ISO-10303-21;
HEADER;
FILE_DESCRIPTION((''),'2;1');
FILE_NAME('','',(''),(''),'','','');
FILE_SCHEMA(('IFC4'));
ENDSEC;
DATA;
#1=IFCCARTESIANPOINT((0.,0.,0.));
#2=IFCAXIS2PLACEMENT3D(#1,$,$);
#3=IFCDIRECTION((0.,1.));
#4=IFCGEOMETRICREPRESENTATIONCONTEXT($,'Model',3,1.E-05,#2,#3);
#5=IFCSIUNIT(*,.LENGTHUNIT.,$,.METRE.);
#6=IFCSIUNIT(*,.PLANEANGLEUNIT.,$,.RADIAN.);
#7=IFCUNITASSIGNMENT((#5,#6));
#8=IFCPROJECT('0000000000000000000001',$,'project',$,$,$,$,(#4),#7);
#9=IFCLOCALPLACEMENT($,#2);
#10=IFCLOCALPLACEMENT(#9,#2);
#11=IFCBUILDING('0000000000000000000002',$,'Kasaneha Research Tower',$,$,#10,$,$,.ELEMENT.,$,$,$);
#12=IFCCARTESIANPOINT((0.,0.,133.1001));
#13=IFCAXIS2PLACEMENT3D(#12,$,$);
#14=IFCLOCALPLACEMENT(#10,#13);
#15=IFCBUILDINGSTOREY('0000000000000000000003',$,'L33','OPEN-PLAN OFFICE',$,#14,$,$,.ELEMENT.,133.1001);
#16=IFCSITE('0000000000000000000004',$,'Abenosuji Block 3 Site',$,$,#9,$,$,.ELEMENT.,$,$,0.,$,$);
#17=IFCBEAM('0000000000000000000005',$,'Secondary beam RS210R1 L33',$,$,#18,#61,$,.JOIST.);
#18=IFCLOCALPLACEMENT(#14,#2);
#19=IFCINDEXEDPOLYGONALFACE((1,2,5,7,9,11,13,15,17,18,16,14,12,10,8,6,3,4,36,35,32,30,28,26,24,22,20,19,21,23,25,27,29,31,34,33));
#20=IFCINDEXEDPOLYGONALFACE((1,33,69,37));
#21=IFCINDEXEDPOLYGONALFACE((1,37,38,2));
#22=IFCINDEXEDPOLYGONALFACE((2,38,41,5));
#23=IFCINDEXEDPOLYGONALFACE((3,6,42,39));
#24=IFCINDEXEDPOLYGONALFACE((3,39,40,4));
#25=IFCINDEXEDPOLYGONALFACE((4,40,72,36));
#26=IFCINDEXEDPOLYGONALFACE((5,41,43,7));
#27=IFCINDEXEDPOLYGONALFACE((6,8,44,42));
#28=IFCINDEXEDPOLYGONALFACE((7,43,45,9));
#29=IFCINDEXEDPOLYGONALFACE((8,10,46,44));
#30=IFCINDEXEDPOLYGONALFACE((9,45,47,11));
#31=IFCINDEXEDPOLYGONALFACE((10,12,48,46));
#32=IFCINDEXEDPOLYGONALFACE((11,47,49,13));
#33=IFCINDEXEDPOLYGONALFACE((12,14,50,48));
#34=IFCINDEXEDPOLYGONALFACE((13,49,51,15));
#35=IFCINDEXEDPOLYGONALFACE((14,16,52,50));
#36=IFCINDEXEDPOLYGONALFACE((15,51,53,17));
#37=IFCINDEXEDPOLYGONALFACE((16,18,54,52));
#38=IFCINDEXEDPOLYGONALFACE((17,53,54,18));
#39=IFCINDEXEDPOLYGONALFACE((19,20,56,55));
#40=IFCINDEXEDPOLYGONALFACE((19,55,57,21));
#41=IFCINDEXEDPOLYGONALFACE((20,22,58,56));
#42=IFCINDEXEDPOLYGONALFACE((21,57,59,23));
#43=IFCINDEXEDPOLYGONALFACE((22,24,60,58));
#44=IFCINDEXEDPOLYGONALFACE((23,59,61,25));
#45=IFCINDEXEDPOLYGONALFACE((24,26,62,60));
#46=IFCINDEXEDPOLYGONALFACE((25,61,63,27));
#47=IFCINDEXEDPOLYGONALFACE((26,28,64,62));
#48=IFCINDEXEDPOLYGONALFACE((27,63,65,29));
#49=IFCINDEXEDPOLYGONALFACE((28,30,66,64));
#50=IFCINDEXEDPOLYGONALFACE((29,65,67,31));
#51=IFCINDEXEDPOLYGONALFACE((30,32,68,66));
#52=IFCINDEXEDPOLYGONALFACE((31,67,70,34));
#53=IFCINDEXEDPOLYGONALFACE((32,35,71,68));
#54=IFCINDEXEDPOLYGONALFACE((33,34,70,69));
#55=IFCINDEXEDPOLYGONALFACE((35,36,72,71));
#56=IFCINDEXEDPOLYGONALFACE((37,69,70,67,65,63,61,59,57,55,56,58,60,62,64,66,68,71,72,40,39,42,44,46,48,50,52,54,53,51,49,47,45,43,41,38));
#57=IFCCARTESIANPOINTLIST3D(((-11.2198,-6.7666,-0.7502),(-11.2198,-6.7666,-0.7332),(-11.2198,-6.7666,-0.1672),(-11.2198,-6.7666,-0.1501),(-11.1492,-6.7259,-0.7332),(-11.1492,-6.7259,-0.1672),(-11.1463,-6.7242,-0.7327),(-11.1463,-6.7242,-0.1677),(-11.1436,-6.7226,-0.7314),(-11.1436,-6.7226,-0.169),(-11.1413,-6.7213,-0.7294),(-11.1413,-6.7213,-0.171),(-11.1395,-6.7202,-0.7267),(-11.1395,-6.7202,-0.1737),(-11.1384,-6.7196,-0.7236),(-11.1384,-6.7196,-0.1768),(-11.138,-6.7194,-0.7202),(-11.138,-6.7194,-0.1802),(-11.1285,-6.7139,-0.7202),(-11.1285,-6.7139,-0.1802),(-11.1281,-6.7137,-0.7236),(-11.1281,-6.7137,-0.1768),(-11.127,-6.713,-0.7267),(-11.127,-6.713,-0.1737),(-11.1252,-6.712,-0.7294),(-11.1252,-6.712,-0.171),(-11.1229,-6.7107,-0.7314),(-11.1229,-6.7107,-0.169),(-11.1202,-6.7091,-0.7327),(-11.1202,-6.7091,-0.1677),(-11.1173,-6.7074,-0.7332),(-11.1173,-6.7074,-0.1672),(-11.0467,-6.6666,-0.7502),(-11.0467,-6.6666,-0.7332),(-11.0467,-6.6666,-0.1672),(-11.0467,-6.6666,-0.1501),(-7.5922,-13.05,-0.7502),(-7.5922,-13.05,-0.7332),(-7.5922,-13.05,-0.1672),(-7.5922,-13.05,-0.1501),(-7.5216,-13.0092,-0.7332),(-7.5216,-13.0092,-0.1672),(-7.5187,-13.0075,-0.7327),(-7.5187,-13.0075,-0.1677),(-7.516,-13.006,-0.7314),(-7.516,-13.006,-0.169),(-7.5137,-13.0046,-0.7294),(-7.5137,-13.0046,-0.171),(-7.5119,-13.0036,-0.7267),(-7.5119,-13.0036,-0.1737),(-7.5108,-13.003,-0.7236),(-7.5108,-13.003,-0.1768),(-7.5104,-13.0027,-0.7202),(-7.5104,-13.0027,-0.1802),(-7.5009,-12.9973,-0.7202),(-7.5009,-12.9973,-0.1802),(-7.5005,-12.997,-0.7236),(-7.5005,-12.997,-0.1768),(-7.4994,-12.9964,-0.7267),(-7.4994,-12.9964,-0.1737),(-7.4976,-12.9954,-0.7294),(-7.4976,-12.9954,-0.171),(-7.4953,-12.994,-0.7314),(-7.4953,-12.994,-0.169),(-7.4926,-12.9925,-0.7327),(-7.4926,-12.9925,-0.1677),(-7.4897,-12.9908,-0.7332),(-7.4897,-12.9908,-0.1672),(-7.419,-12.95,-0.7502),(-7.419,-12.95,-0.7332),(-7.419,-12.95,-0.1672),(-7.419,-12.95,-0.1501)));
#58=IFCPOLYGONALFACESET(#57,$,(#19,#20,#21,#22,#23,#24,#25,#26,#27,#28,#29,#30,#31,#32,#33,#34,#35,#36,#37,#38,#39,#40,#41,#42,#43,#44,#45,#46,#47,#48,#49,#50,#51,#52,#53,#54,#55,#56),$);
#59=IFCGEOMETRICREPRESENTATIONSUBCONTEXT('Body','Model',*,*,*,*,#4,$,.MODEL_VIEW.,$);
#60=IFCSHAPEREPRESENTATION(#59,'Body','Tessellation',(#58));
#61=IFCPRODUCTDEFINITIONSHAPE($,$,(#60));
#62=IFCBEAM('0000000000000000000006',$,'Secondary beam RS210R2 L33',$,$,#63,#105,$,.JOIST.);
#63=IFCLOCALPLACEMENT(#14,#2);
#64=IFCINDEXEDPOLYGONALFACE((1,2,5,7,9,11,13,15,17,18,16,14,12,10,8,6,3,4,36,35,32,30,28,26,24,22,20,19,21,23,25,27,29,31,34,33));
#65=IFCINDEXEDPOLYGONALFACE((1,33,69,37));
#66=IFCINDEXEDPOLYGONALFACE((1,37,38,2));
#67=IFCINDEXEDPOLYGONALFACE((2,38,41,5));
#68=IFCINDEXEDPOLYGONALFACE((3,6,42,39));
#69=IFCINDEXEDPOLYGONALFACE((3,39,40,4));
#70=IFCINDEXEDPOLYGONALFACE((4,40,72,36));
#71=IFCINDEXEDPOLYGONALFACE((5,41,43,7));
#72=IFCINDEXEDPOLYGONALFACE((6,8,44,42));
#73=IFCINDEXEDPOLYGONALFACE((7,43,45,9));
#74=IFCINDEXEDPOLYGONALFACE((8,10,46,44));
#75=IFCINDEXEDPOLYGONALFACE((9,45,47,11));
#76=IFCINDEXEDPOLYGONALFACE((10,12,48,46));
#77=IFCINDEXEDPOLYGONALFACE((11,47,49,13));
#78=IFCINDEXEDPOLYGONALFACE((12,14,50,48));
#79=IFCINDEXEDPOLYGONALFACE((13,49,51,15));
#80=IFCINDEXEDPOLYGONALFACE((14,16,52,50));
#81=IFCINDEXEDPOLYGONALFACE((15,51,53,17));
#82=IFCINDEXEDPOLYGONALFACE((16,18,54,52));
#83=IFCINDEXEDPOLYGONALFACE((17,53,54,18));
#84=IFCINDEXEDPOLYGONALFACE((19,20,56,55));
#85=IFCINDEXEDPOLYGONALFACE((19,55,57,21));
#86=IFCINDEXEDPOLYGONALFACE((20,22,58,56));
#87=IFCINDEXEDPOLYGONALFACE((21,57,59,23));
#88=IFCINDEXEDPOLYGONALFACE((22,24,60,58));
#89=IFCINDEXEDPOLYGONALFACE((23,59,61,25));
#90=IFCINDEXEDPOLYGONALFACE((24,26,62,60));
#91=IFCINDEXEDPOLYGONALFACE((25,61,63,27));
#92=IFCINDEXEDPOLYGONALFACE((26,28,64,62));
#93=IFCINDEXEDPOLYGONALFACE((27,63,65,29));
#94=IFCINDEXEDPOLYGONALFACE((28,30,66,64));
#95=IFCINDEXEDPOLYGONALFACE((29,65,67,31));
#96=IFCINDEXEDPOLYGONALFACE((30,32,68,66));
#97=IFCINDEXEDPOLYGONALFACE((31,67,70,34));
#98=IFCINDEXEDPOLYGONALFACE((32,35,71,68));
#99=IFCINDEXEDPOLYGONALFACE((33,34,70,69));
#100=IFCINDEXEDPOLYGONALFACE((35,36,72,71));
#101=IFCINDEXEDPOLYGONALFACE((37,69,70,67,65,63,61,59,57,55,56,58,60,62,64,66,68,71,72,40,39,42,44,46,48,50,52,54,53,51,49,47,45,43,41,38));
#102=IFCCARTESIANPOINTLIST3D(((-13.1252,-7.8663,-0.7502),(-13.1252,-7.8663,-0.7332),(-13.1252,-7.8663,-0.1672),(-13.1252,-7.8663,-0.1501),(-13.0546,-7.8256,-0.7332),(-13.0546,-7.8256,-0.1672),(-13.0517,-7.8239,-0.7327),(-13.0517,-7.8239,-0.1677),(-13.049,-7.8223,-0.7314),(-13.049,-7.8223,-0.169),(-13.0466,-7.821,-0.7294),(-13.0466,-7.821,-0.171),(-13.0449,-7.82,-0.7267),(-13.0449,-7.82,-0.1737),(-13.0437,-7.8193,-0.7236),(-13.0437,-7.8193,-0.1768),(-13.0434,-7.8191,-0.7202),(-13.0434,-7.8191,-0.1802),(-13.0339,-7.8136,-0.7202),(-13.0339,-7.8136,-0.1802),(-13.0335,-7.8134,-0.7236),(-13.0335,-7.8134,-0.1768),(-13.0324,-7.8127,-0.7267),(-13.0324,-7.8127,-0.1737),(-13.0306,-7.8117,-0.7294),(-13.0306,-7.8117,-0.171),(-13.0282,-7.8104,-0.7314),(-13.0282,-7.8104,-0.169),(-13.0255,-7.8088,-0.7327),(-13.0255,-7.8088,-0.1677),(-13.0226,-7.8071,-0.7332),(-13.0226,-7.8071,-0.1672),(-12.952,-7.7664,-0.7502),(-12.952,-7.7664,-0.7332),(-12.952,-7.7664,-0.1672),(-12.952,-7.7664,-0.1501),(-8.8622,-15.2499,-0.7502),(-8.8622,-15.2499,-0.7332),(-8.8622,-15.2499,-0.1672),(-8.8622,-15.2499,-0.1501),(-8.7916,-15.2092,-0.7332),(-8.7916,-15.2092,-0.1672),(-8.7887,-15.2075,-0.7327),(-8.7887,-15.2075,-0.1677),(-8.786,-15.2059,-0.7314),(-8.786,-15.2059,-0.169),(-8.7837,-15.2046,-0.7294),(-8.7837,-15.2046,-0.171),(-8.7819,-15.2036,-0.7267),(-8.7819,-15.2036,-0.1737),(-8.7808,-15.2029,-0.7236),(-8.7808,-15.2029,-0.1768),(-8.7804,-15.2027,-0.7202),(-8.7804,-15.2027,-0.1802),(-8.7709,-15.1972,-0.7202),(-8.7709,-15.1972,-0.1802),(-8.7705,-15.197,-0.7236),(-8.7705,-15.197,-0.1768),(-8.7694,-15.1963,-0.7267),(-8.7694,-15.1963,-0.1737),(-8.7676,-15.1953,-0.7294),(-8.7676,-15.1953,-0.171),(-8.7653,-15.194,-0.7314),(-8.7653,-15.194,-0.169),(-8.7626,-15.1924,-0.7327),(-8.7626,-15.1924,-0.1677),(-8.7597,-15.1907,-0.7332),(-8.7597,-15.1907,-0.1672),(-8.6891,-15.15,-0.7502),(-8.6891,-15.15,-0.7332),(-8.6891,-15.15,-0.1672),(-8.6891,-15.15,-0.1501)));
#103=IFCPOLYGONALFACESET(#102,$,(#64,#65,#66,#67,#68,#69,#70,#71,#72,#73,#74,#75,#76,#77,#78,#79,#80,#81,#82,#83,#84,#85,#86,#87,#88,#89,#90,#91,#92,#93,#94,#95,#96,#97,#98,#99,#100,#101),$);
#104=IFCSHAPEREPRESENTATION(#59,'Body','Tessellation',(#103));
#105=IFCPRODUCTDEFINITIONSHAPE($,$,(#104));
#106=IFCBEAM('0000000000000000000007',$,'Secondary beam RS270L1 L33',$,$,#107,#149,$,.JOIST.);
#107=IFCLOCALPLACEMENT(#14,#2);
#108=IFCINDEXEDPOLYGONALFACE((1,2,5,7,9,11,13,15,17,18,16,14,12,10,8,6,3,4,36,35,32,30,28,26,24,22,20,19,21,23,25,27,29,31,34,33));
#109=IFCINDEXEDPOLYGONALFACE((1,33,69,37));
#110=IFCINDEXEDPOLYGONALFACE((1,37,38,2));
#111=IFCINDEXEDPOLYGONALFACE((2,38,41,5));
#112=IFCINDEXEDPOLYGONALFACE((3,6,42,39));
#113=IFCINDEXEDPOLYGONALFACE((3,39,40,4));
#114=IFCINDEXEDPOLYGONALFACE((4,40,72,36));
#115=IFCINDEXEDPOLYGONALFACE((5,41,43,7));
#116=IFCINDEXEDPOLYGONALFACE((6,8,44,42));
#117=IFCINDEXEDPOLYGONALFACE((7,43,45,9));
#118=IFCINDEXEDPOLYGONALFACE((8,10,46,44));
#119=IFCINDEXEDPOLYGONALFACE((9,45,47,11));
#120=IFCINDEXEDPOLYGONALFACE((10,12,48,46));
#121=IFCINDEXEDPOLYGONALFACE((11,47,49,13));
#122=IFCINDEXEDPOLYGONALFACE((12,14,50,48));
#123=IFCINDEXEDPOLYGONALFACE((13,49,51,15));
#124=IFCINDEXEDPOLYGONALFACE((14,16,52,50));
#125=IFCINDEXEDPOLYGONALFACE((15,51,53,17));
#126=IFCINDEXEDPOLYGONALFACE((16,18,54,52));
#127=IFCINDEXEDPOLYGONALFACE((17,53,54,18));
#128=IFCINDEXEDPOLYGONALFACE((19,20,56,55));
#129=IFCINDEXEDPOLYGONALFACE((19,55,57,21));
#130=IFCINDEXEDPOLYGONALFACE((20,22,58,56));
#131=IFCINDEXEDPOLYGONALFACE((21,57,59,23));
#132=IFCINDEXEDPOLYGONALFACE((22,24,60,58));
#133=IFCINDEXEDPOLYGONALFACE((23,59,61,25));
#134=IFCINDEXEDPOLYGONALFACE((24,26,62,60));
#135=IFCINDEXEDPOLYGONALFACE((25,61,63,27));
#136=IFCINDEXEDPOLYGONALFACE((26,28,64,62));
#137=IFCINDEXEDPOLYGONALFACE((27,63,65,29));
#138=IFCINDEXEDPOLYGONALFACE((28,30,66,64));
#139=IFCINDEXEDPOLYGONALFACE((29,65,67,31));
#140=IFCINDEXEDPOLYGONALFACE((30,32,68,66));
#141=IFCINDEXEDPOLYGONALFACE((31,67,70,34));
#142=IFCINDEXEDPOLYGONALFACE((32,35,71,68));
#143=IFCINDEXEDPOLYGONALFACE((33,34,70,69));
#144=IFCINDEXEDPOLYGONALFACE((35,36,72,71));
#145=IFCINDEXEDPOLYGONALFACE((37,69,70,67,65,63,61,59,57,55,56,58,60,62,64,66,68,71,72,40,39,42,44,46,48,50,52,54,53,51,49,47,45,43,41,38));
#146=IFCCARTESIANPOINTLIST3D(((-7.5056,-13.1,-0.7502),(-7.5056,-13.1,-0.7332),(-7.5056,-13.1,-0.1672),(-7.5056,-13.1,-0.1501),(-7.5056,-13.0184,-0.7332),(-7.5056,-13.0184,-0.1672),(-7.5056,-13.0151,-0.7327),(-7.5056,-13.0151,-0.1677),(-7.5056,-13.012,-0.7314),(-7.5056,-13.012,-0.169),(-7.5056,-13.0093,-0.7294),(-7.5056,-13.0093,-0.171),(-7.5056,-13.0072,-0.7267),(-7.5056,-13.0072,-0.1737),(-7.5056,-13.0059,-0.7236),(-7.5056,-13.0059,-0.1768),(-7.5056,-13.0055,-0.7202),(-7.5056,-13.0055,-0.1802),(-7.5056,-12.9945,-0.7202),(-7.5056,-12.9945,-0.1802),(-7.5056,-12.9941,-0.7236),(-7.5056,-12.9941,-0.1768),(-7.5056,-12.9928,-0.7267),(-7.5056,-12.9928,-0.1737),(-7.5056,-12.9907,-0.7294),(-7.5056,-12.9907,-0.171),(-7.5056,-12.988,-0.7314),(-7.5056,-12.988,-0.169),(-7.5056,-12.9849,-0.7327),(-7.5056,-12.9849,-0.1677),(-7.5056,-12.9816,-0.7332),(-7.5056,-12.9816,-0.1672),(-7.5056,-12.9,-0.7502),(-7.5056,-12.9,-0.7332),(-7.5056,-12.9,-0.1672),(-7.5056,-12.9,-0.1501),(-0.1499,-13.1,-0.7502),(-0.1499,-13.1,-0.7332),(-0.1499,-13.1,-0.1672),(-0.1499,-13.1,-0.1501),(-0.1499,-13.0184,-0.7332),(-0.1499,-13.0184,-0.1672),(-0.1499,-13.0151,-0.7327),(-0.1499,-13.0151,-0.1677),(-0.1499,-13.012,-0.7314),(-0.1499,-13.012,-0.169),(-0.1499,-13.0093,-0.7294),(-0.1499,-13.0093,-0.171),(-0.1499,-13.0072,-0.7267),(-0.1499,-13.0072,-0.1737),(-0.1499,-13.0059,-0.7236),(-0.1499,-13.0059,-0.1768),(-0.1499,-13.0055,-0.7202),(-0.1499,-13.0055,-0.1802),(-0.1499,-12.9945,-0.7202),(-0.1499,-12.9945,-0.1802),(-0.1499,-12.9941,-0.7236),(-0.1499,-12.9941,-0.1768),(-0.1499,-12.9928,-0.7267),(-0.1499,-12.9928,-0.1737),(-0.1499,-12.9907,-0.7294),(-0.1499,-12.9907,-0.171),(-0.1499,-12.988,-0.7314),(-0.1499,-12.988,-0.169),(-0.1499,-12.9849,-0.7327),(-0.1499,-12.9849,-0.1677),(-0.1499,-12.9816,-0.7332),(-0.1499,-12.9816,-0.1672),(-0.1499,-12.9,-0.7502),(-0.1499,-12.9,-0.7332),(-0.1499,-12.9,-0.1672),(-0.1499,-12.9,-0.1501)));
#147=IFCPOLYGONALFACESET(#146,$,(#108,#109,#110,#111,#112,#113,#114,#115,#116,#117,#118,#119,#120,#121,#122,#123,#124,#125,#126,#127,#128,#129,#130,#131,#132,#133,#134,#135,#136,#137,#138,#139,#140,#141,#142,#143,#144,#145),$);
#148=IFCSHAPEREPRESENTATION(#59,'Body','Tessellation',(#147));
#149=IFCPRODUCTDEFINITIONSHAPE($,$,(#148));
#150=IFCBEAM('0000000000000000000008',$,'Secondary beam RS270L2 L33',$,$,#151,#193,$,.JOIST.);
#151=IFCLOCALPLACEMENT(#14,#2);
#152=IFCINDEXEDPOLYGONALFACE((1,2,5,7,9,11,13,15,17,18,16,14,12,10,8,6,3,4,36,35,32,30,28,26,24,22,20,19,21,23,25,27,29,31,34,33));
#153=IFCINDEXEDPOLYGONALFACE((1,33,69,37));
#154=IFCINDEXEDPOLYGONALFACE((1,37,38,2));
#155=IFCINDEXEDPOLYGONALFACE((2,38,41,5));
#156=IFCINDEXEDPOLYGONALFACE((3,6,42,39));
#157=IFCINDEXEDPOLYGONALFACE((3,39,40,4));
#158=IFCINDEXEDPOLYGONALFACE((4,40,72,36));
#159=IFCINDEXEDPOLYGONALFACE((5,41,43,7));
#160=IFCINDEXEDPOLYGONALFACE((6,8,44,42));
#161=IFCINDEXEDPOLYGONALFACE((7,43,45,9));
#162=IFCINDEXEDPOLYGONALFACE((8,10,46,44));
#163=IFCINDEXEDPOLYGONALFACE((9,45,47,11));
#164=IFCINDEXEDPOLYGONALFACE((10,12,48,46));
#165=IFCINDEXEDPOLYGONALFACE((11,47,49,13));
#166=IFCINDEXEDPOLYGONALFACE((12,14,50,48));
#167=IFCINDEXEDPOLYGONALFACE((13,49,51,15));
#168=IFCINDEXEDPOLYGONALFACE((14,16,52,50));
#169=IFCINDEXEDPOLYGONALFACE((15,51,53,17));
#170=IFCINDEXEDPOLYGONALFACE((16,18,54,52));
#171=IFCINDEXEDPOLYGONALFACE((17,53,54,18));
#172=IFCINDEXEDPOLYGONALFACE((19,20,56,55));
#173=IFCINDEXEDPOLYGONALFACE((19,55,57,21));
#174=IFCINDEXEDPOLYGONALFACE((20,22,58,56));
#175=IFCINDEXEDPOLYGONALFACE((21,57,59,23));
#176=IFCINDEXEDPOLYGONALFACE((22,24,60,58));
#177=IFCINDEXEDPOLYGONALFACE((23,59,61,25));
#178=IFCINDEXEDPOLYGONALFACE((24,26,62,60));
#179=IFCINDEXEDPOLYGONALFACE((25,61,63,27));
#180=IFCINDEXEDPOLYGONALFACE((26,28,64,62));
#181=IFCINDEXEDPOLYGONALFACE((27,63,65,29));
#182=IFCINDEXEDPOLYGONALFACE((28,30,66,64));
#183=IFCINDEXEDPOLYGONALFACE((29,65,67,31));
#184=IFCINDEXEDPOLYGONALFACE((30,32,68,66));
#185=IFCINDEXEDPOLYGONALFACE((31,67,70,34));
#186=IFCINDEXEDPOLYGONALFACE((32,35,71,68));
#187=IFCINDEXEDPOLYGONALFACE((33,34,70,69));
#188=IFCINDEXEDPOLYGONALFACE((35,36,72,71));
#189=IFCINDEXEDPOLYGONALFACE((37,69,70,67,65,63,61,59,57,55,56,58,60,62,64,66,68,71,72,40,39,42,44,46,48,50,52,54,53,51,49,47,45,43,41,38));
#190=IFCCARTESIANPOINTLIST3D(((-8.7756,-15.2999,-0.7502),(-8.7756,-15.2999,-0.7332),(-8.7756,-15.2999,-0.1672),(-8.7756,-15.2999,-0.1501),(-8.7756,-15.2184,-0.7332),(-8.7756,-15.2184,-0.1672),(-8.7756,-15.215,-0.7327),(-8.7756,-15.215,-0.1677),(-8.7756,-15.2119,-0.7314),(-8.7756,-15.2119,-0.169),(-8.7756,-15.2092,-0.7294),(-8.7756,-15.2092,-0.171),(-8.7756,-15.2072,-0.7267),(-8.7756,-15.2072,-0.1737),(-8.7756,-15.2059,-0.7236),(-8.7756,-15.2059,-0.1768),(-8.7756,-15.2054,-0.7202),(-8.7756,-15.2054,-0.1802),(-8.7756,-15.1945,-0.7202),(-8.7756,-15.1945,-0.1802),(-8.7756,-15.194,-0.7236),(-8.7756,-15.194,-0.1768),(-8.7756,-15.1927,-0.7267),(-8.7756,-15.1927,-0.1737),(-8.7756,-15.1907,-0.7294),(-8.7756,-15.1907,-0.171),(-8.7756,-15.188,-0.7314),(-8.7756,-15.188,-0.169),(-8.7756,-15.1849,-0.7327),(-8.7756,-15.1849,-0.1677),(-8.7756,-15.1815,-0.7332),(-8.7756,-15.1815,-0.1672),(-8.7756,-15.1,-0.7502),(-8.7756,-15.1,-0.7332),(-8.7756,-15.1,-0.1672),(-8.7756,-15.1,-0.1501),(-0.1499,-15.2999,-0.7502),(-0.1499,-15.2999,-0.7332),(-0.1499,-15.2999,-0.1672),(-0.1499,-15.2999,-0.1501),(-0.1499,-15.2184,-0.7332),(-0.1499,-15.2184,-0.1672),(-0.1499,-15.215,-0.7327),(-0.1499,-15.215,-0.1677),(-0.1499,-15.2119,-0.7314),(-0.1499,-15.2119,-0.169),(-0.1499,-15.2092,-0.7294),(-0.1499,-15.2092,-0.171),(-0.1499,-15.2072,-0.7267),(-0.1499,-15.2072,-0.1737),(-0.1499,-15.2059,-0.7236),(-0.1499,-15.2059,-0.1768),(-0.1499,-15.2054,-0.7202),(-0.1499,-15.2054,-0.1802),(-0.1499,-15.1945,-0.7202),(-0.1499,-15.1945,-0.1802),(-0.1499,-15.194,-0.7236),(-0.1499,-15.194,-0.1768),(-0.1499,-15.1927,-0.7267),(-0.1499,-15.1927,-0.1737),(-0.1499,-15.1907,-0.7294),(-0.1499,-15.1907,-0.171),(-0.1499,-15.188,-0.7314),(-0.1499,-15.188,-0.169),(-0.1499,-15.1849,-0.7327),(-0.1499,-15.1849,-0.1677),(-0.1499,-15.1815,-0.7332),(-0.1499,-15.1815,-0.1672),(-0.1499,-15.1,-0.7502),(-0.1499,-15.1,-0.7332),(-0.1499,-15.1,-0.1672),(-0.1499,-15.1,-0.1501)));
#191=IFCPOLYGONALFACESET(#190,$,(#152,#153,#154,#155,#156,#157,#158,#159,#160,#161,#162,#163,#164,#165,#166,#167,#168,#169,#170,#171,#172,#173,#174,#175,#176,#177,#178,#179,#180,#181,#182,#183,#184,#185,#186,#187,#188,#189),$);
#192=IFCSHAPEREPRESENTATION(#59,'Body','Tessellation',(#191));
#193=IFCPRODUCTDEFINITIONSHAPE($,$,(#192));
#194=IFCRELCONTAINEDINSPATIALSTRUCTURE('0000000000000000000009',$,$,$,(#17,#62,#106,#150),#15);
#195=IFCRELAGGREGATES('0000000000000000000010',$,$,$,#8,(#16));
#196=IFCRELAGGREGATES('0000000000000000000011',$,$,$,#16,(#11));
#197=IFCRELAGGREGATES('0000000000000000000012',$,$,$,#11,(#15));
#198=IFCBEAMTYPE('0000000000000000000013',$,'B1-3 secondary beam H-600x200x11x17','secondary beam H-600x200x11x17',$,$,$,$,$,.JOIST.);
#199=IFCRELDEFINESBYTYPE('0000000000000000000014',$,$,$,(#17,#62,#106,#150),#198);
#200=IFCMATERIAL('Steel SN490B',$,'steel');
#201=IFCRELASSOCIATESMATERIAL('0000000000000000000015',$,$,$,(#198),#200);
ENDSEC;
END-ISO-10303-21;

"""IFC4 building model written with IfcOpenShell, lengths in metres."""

from ifc_helpers import new_model, si_unit, direction, frame, origin, origin_2d, place, context, subcontext, project, spatial, i_section, extrude, material, material_profile, profile_set, type_object, element, save


model = new_model("IFC4")

# Units and contexts
model_context = context("Model", 3, precision=1e-05, world=origin(), true_north=direction((0.0, 1.0)))
body_context = subcontext(model_context, "Body", "Model", "MODEL_VIEW")
ifc_project = project(units=[si_unit("LENGTHUNIT", "METRE"), si_unit("PLANEANGLEUNIT", "RADIAN")], contexts=[model_context])

# Site, building, storey
site_placement = place(None, origin())
site = spatial("IfcSite", under=ifc_project, at=site_placement, Name="Abenosuji Block 3 Site", CompositionType="ELEMENT", RefElevation=0.0)
building_placement = place(site_placement, origin())
building = spatial("IfcBuilding", under=site, at=building_placement, Name="Kasaneha Research Tower", CompositionType="ELEMENT")
storey_placement = place(building_placement, frame((0.0, 0.0, 133.1001)))
storey = spatial("IfcBuildingStorey", under=building, at=storey_placement, Name="L33", Description="OPEN-PLAN OFFICE", CompositionType="ELEMENT", Elevation=133.1001)

# Beams
ifc_material_1 = material(Name="Steel SN490B", Category="steel")
ifc_material_profile = material_profile(ifc_material_1, i_section(OverallWidth=0.2, OverallDepth=0.6001, WebThickness=0.011, FlangeThickness=0.0171, FilletRadius=0.0129, at=origin_2d()), Name="H-600x200x11x17")
ifc_profile_set = profile_set([ifc_material_profile], Name="Steel SN490B")
beam_type = type_object("IfcBeamType", Name="B1-3 secondary beam H-600x200x11x17", Description="secondary beam H-600x200x11x17", PredefinedType="JOIST", material=ifc_profile_set)
beam_1_placement = place(storey_placement, frame((-7.5056, -13.0, -0.4502), z_axis=(-0.499993, 0.866029, 0.0), x_axis=(-0.866029, -0.499993, 0.0)))
element("IfcBeam", 1, at=beam_1_placement, inside=storey, type_object=beam_type, Name="Secondary beam RS210R1 L33", PredefinedType="JOIST", context=body_context, shape_type="SweptSolid", body=[
    extrude(i_section(OverallWidth=0.2, OverallDepth=0.6001, WebThickness=0.011, FlangeThickness=0.0171, FilletRadius=0.0129, at=origin_2d()), origin(), (0.0, 0.0, 1.0), 7.2554),
])
beam_2_placement = place(storey_placement, frame((-8.7756, -15.2, -0.4502), z_axis=(-0.500004, 0.866023, 0.0), x_axis=(-0.866023, -0.500004, 0.0)))
element("IfcBeam", 2, at=beam_2_placement, inside=storey, type_object=beam_type, Name="Secondary beam RS210R2 L33", PredefinedType="JOIST", context=body_context, shape_type="SweptSolid", body=[
    extrude(i_section(OverallWidth=0.2, OverallDepth=0.6001, WebThickness=0.011, FlangeThickness=0.0171, FilletRadius=0.0129, at=origin_2d()), origin(), (0.0, 0.0, 1.0), 8.5259),
])
beam_3_placement = place(storey_placement, frame((-7.5056, -13.0, -0.4502), z_axis=(1.0, 0.0, 0.0), x_axis=(0.0, 1.0, 0.0)))
element("IfcBeam", 3, at=beam_3_placement, inside=storey, type_object=beam_type, Name="Secondary beam RS270L1 L33", PredefinedType="JOIST", context=body_context, shape_type="SweptSolid", body=[
    extrude(i_section(OverallWidth=0.2, OverallDepth=0.6001, WebThickness=0.011, FlangeThickness=0.0171, FilletRadius=0.0129, at=origin_2d()), origin(), (0.0, 0.0, 1.0), 7.3557),
])
beam_4_placement = place(storey_placement, frame((-8.7756, -15.2, -0.4502), z_axis=(1.0, 0.0, 0.0), x_axis=(0.0, 1.0, 0.0)))
element("IfcBeam", 4, at=beam_4_placement, inside=storey, type_object=beam_type, Name="Secondary beam RS270L2 L33", PredefinedType="JOIST", context=body_context, shape_type="SweptSolid", body=[
    extrude(i_section(OverallWidth=0.2, OverallDepth=0.6001, WebThickness=0.011, FlangeThickness=0.0171, FilletRadius=0.0129, at=origin_2d()), origin(), (0.0, 0.0, 1.0), 8.6257),
])

save(model, "model.ifc")
